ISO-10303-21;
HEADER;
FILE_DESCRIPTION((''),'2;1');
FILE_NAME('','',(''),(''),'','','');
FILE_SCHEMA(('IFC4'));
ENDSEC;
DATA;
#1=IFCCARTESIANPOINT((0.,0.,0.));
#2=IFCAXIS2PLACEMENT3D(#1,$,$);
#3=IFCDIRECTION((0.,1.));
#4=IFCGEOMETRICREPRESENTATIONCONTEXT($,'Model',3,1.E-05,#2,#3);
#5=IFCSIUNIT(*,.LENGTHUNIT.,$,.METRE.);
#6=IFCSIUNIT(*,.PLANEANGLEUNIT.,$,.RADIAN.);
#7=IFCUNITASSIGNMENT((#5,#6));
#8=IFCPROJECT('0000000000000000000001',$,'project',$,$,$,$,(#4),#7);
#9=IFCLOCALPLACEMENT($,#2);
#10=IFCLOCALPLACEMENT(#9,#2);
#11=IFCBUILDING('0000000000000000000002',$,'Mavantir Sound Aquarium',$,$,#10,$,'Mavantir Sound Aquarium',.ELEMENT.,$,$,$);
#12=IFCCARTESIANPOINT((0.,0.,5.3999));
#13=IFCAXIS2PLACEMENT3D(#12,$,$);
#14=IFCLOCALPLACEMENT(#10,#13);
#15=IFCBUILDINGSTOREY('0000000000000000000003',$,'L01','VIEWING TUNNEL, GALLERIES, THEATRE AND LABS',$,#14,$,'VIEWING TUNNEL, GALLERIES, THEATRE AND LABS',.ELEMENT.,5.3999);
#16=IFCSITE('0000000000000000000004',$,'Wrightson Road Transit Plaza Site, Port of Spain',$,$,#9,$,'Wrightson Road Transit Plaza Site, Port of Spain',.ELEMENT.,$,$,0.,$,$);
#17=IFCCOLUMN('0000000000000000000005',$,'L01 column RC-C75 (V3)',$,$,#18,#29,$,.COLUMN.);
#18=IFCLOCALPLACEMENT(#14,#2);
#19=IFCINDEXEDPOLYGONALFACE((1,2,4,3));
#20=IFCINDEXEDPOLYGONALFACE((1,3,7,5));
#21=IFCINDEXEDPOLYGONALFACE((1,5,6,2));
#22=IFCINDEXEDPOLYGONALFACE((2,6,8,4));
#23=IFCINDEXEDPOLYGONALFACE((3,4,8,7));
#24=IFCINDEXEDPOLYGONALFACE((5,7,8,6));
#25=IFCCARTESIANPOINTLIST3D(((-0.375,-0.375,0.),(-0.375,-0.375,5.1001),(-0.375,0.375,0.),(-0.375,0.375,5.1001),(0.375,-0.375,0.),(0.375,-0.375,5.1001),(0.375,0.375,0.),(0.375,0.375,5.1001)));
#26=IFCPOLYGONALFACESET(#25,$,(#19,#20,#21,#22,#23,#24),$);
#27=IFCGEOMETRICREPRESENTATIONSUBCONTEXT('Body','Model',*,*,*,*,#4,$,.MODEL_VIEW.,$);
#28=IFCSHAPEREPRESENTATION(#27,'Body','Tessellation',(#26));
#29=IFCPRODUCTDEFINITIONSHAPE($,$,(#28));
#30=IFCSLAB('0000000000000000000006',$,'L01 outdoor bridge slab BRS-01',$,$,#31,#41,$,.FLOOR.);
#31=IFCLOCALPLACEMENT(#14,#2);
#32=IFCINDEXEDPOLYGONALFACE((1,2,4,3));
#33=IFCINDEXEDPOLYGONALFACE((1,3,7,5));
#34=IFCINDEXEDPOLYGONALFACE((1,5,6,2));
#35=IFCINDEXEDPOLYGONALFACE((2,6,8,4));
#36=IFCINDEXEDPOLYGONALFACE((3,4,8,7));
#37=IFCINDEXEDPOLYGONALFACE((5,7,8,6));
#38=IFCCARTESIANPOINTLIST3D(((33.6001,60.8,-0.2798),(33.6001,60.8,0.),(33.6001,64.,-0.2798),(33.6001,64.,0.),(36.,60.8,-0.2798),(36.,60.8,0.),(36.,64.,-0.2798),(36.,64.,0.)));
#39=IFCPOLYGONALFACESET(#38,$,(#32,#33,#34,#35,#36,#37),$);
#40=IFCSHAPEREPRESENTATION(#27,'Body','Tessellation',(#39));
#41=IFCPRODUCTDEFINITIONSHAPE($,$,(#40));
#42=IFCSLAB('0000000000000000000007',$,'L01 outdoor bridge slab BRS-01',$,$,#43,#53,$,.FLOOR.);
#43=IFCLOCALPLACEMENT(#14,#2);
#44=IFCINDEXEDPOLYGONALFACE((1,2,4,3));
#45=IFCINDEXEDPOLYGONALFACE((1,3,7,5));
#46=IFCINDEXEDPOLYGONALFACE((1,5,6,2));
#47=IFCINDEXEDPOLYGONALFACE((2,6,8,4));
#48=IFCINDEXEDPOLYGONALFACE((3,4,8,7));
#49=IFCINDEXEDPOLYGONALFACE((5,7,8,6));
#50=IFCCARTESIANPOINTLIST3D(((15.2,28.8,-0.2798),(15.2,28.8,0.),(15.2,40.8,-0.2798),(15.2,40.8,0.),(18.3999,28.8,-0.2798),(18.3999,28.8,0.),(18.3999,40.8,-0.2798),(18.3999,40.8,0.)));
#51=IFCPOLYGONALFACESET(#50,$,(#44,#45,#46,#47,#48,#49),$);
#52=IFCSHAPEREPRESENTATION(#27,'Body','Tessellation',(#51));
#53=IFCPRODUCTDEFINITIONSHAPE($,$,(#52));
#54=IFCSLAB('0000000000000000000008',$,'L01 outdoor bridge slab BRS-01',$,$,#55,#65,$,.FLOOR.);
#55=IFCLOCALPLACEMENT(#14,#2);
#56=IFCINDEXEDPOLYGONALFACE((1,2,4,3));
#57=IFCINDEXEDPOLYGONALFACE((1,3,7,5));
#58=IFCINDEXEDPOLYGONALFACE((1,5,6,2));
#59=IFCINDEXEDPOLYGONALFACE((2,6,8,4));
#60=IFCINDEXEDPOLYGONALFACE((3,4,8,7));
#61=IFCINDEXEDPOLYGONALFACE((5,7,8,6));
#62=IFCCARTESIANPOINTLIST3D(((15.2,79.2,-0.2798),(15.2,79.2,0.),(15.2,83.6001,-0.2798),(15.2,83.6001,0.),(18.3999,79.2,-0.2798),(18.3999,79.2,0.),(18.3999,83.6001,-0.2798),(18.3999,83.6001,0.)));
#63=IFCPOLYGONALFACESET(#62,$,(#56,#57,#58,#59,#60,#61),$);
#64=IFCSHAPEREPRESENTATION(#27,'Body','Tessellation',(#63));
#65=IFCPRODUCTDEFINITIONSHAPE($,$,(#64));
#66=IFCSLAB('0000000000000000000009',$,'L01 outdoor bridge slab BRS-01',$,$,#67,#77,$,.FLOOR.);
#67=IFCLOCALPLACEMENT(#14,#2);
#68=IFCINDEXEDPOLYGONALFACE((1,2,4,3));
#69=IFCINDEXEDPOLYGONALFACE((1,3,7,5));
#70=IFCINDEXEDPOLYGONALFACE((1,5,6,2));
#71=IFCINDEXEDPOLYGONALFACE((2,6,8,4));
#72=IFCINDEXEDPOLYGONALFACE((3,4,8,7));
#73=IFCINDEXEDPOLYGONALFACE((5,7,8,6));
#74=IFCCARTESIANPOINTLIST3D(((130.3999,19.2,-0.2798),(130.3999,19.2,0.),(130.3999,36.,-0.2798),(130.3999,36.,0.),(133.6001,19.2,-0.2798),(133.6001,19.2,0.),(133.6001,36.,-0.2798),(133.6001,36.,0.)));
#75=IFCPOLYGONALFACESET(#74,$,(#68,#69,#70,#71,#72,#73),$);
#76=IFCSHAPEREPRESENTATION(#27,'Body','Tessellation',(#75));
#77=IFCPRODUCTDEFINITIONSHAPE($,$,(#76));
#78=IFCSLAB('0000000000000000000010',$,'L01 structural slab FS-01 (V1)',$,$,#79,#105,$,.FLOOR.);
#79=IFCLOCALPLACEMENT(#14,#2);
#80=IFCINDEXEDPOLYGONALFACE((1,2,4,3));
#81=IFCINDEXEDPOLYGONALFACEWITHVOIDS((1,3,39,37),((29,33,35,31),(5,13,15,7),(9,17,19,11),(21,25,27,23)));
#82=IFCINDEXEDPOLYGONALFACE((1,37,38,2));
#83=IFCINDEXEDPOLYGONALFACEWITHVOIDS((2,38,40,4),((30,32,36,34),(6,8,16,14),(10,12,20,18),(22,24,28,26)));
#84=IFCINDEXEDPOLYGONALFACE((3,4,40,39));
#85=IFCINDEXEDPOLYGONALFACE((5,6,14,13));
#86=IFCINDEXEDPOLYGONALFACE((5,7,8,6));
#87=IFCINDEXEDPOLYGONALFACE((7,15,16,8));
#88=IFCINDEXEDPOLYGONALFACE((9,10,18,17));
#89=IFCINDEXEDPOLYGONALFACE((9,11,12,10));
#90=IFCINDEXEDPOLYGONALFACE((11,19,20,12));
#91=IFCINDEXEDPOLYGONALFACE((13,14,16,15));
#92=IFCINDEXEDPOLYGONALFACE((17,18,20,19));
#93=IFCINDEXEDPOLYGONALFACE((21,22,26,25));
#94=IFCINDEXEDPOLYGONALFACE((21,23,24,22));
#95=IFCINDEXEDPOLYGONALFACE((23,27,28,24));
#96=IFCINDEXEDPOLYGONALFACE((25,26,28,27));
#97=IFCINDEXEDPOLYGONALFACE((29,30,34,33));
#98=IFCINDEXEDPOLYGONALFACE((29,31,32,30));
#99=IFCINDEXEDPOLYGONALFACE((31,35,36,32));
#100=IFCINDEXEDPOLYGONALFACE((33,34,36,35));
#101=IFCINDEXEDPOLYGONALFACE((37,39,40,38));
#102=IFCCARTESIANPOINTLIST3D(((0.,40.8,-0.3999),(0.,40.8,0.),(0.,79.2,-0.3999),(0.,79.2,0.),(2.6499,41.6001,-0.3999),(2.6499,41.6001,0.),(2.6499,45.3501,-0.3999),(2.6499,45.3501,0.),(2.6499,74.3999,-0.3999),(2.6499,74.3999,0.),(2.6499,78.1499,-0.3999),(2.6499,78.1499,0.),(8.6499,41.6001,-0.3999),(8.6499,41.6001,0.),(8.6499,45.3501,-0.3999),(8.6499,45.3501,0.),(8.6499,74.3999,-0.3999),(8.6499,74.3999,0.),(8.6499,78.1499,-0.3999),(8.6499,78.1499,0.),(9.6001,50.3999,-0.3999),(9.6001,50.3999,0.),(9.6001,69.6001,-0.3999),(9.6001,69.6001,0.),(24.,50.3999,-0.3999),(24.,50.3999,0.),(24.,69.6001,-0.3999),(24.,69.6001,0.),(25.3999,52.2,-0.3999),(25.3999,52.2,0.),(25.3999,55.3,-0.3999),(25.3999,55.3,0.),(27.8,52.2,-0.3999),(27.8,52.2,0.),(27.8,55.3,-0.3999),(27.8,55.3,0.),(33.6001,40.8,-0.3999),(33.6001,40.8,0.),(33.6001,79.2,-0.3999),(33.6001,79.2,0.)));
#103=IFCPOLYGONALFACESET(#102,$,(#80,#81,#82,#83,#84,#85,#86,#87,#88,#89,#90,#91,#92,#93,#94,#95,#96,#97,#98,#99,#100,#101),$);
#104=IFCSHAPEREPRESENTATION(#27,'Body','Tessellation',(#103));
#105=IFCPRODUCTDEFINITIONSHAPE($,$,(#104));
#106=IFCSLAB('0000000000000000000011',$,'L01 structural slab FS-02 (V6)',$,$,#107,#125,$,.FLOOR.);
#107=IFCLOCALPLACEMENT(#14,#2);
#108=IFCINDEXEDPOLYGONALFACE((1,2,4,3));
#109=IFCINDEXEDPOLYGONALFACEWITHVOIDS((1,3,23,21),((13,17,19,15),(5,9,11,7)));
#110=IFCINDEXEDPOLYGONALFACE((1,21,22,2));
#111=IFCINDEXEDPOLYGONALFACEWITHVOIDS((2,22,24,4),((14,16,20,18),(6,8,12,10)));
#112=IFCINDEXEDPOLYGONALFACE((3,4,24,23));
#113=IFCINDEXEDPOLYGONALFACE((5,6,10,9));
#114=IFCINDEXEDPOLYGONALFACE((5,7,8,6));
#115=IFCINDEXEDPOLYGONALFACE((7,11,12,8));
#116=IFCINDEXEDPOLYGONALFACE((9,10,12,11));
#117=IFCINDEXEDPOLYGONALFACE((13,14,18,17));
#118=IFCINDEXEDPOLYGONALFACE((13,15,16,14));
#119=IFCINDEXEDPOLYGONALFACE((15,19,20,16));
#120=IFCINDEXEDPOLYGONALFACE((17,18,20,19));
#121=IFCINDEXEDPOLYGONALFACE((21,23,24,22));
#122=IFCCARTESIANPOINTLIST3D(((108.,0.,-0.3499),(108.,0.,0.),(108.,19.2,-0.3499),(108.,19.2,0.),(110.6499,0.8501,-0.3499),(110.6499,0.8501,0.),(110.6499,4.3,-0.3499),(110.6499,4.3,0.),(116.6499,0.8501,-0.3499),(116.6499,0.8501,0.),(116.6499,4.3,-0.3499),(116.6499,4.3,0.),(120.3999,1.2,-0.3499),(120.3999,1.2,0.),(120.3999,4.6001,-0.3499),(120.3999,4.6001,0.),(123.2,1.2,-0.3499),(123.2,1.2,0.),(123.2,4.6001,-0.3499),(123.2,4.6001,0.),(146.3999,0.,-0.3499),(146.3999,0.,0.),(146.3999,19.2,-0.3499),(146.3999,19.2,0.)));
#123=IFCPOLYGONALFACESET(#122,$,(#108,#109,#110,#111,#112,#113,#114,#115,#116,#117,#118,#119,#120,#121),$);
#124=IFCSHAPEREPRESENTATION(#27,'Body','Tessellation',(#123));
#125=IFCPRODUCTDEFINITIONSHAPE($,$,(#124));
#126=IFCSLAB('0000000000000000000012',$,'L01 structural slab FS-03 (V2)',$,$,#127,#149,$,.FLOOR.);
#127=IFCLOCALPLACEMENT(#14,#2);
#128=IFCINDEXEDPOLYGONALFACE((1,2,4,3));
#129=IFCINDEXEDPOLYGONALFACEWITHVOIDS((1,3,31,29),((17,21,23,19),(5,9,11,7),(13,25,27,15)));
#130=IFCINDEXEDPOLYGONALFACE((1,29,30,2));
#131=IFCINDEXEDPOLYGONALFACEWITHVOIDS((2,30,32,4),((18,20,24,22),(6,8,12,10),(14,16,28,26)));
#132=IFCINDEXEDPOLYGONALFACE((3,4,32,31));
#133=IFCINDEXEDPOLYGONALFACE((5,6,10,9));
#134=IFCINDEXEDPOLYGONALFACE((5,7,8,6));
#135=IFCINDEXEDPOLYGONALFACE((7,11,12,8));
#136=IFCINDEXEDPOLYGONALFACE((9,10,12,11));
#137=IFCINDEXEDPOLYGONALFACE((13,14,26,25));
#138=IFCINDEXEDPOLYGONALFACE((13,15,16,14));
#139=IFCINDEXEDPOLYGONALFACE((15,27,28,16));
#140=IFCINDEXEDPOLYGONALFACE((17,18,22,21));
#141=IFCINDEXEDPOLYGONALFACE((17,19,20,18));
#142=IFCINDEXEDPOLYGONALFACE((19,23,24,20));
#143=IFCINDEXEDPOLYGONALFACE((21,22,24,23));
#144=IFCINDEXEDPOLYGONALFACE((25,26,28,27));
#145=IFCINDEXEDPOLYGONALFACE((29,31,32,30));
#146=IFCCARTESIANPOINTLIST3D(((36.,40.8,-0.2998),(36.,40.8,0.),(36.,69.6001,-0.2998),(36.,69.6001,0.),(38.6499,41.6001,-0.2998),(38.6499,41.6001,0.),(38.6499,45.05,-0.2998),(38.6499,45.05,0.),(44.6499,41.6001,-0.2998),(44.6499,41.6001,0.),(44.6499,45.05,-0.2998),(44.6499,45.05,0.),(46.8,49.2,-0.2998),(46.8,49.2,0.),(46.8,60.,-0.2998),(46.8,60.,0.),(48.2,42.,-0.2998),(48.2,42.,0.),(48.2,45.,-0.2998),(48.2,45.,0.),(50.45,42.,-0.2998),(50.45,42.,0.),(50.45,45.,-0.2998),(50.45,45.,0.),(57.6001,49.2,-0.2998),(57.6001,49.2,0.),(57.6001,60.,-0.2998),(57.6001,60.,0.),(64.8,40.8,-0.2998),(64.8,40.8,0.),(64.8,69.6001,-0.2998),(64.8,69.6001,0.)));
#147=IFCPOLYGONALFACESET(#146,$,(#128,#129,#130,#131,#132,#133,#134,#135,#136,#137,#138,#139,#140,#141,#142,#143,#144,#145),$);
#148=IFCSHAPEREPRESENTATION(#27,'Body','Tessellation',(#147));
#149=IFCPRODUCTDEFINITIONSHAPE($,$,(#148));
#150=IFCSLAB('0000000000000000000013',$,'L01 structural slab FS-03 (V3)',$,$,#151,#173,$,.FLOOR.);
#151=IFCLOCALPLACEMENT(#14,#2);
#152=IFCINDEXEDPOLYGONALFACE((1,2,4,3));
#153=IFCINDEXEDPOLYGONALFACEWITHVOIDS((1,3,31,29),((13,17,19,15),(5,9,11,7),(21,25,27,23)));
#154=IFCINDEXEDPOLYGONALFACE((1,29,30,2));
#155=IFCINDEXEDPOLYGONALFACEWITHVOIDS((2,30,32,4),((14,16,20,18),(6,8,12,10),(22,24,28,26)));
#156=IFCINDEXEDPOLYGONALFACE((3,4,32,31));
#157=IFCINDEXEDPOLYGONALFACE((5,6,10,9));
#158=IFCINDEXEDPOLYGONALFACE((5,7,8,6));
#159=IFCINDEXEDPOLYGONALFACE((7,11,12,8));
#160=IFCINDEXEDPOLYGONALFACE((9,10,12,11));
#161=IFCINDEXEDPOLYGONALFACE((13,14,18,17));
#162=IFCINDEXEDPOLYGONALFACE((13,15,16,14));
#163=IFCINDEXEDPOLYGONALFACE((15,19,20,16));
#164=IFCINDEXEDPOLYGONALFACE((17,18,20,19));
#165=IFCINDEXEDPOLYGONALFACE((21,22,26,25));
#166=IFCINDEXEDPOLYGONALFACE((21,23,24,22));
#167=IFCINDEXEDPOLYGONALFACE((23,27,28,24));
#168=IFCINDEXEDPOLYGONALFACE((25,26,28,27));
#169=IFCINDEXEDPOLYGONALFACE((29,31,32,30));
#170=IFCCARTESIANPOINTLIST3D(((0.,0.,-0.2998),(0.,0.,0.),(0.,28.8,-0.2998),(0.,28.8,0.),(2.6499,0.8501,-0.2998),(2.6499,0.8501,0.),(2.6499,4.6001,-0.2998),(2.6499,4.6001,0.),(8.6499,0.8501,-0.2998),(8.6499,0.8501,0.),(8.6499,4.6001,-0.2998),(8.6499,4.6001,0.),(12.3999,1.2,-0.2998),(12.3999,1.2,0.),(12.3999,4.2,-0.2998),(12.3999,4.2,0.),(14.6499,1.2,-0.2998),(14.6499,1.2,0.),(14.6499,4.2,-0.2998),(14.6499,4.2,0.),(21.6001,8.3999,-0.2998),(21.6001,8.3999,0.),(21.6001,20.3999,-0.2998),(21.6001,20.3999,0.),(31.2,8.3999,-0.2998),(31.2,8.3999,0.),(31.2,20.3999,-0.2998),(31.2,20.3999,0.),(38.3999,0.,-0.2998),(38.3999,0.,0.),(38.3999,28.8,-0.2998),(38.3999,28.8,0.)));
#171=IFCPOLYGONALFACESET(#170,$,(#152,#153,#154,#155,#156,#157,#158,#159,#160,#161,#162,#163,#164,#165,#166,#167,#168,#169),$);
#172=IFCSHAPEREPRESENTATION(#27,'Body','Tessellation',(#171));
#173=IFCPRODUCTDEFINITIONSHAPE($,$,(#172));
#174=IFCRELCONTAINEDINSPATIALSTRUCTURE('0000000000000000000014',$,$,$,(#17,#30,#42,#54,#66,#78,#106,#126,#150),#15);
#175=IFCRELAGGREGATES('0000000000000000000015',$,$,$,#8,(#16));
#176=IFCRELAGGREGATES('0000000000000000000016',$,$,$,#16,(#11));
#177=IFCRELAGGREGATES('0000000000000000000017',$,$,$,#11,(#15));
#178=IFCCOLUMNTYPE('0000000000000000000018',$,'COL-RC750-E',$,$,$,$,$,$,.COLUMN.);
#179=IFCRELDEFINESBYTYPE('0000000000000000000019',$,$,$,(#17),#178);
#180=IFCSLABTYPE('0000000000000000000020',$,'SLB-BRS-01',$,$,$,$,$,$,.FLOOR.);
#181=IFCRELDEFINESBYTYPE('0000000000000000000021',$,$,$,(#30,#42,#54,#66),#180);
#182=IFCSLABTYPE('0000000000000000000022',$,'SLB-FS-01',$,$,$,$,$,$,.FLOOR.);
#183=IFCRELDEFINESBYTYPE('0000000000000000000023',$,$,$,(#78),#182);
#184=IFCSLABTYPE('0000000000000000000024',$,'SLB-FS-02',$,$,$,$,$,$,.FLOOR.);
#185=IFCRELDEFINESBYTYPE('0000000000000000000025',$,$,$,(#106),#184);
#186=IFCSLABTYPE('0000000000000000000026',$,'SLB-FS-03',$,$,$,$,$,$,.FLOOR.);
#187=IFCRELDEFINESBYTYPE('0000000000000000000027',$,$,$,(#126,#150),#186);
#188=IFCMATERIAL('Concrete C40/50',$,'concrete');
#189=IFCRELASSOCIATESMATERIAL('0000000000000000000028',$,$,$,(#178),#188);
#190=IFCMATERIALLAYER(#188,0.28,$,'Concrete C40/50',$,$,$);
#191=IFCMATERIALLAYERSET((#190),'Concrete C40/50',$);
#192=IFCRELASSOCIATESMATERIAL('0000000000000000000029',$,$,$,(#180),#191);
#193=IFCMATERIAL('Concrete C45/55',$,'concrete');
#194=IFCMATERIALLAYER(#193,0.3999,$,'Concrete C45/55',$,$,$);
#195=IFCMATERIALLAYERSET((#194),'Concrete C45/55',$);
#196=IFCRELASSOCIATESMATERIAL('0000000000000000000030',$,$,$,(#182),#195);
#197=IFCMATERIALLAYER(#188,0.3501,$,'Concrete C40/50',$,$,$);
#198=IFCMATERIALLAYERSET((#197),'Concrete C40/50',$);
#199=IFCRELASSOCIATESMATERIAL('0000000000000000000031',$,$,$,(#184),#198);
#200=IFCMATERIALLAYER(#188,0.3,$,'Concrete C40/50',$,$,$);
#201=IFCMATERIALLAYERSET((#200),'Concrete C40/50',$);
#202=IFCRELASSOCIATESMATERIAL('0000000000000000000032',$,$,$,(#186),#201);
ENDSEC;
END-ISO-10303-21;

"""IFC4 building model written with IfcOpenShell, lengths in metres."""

from ifc_helpers import new_model, si_unit, direction, frame, origin, origin_with_axes, origin_2d, place, context, subcontext, project, spatial, polyline, rectangle, outline, extrude, material, layer, layer_set, material_profile, profile_set, type_object, element, save


model = new_model("IFC4")

# Units and contexts
model_context = context("Model", 3, precision=1e-05, world=origin(), true_north=direction((0.0, 1.0)))
body_context = subcontext(model_context, "Body", "Model", "MODEL_VIEW")
ifc_project = project(units=[si_unit("LENGTHUNIT", "METRE"), si_unit("PLANEANGLEUNIT", "RADIAN")], contexts=[model_context])

# Site, building, storey
site_placement = place(None, origin())
site = spatial("IfcSite", under=ifc_project, at=site_placement, Name="Wrightson Road Transit Plaza Site, Port of Spain", LongName="Wrightson Road Transit Plaza Site, Port of Spain", CompositionType="ELEMENT", RefElevation=0.0)
building_placement = place(site_placement, origin())
building = spatial("IfcBuilding", under=site, at=building_placement, Name="Mavantir Sound Aquarium", LongName="Mavantir Sound Aquarium", CompositionType="ELEMENT")
storey_placement = place(building_placement, frame((0.0, 0.0, 5.3999)))
storey = spatial("IfcBuildingStorey", under=building, at=storey_placement, Name="L01", Description="VIEWING TUNNEL, GALLERIES, THEATRE AND LABS", LongName="VIEWING TUNNEL, GALLERIES, THEATRE AND LABS", CompositionType="ELEMENT", Elevation=5.3999)

# Column
ifc_material_1 = material(Name="Concrete C40/50", Category="concrete")
ifc_material_profile = material_profile(ifc_material_1, rectangle(XDim=0.75, YDim=0.75, at=origin_2d()), Name="RC 750X750")
ifc_profile_set = profile_set([ifc_material_profile], Name="Concrete C40/50")
column_type = type_object("IfcColumnType", Name="COL-RC750-E", PredefinedType="COLUMN", material=ifc_profile_set)
column_placement = place(storey_placement, origin_with_axes())
element("IfcColumn", 1, at=column_placement, inside=storey, type_object=column_type, Name="L01 column RC-C75 (V3)", PredefinedType="COLUMN", context=body_context, shape_type="SweptSolid", body=[
    extrude(rectangle(XDim=0.75, YDim=0.75, at=origin_2d()), origin(), (0.0, 0.0, 1.0), 5.1001),
])

# Slabs
ifc_layer_1 = layer(ifc_material_1, 0.28, Name="Concrete C40/50")
ifc_layer_set_1 = layer_set([ifc_layer_1], Name="Concrete C40/50")
slab_type_1 = type_object("IfcSlabType", Name="SLB-BRS-01", PredefinedType="FLOOR", material=ifc_layer_set_1)
slab_1_placement = place(storey_placement, frame((0.0, 0.0, -0.2798)))
element("IfcSlab", 2, at=slab_1_placement, inside=storey, type_object=slab_type_1, Name="L01 outdoor bridge slab BRS-01", PredefinedType="FLOOR", context=body_context, shape_type="SweptSolid", body=[
    extrude(outline(polyline([(33.6001, 60.8), (36.0, 60.8), (36.0, 64.0), (33.6001, 64.0), (33.6001, 60.8)])), origin(), (0.0, 0.0, 1.0), 0.2798),
])
slab_2_placement = place(storey_placement, frame((0.0, 0.0, -0.2798)))
element("IfcSlab", 3, at=slab_2_placement, inside=storey, type_object=slab_type_1, Name="L01 outdoor bridge slab BRS-01", PredefinedType="FLOOR", context=body_context, shape_type="SweptSolid", body=[
    extrude(outline(polyline([(15.2, 28.8), (18.3999, 28.8), (18.3999, 40.8), (15.2, 40.8), (15.2, 28.8)])), origin(), (0.0, 0.0, 1.0), 0.2798),
])
slab_3_placement = place(storey_placement, frame((0.0, 0.0, -0.2798)))
element("IfcSlab", 4, at=slab_3_placement, inside=storey, type_object=slab_type_1, Name="L01 outdoor bridge slab BRS-01", PredefinedType="FLOOR", context=body_context, shape_type="SweptSolid", body=[
    extrude(outline(polyline([(15.2, 79.2), (18.3999, 79.2), (18.3999, 83.6001), (15.2, 83.6001), (15.2, 79.2)])), origin(), (0.0, 0.0, 1.0), 0.2798),
])
slab_4_placement = place(storey_placement, frame((0.0, 0.0, -0.2798)))
element("IfcSlab", 5, at=slab_4_placement, inside=storey, type_object=slab_type_1, Name="L01 outdoor bridge slab BRS-01", PredefinedType="FLOOR", context=body_context, shape_type="SweptSolid", body=[
    extrude(outline(polyline([(130.3999, 19.2), (133.6001, 19.2), (133.6001, 36.0), (130.3999, 36.0), (130.3999, 19.2)])), origin(), (0.0, 0.0, 1.0), 0.2798),
])
ifc_material_2 = material(Name="Concrete C45/55", Category="concrete")
ifc_layer_2 = layer(ifc_material_2, 0.3999, Name="Concrete C45/55")
ifc_layer_set_2 = layer_set([ifc_layer_2], Name="Concrete C45/55")
slab_type_2 = type_object("IfcSlabType", Name="SLB-FS-01", PredefinedType="FLOOR", material=ifc_layer_set_2)
slab_5_placement = place(storey_placement, frame((0.0, 0.0, -0.3999)))
element("IfcSlab", 6, at=slab_5_placement, inside=storey, type_object=slab_type_2, Name="L01 structural slab FS-01 (V1)", PredefinedType="FLOOR", context=body_context, shape_type="SweptSolid", body=[
    extrude(outline(polyline([(33.6001, 40.8), (33.6001, 79.2), (0.0, 79.2), (0.0, 40.8), (33.6001, 40.8)]), holes=[polyline([(9.6001, 50.3999), (24.0, 50.3999), (24.0, 69.6001), (9.6001, 69.6001), (9.6001, 50.3999)]), polyline([(2.6499, 41.6001), (8.6499, 41.6001), (8.6499, 45.3501), (2.6499, 45.3501), (2.6499, 41.6001)]), polyline([(2.6499, 74.3999), (8.6499, 74.3999), (8.6499, 78.1499), (2.6499, 78.1499), (2.6499, 74.3999)]), polyline([(25.3999, 52.2), (27.8, 52.2), (27.8, 55.3), (25.3999, 55.3), (25.3999, 52.2)])]), origin(), (0.0, 0.0, 1.0), 0.3999),
])
ifc_layer_3 = layer(ifc_material_1, 0.3501, Name="Concrete C40/50")
ifc_layer_set_3 = layer_set([ifc_layer_3], Name="Concrete C40/50")
slab_type_3 = type_object("IfcSlabType", Name="SLB-FS-02", PredefinedType="FLOOR", material=ifc_layer_set_3)
slab_6_placement = place(storey_placement, frame((0.0, 0.0, -0.3499)))
element("IfcSlab", 7, at=slab_6_placement, inside=storey, type_object=slab_type_3, Name="L01 structural slab FS-02 (V6)", PredefinedType="FLOOR", context=body_context, shape_type="SweptSolid", body=[
    extrude(outline(polyline([(146.3999, 0.0), (146.3999, 19.2), (108.0, 19.2), (108.0, 0.0), (146.3999, 0.0)]), holes=[polyline([(110.6499, 0.8501), (116.6499, 0.8501), (116.6499, 4.3), (110.6499, 4.3), (110.6499, 0.8501)]), polyline([(120.3999, 1.2), (123.2, 1.2), (123.2, 4.6001), (120.3999, 4.6001), (120.3999, 1.2)])]), origin(), (0.0, 0.0, 1.0), 0.3499),
])
ifc_layer_4 = layer(ifc_material_1, 0.3, Name="Concrete C40/50")
ifc_layer_set_4 = layer_set([ifc_layer_4], Name="Concrete C40/50")
slab_type_4 = type_object("IfcSlabType", Name="SLB-FS-03", PredefinedType="FLOOR", material=ifc_layer_set_4)
slab_7_placement = place(storey_placement, frame((0.0, 0.0, -0.2998)))
element("IfcSlab", 8, at=slab_7_placement, inside=storey, type_object=slab_type_4, Name="L01 structural slab FS-03 (V2)", PredefinedType="FLOOR", context=body_context, shape_type="SweptSolid", body=[
    extrude(outline(polyline([(64.8, 40.8), (64.8, 69.6001), (36.0, 69.6001), (36.0, 40.8), (64.8, 40.8)]), holes=[polyline([(46.8, 49.2), (57.6001, 49.2), (57.6001, 60.0), (46.8, 60.0), (46.8, 49.2)]), polyline([(38.6499, 41.6001), (44.6499, 41.6001), (44.6499, 45.05), (38.6499, 45.05), (38.6499, 41.6001)]), polyline([(48.2, 42.0), (50.45, 42.0), (50.45, 45.0), (48.2, 45.0), (48.2, 42.0)])]), origin(), (0.0, 0.0, 1.0), 0.2998),
])
slab_8_placement = place(storey_placement, frame((0.0, 0.0, -0.2998)))
element("IfcSlab", 9, at=slab_8_placement, inside=storey, type_object=slab_type_4, Name="L01 structural slab FS-03 (V3)", PredefinedType="FLOOR", context=body_context, shape_type="SweptSolid", body=[
    extrude(outline(polyline([(38.3999, 0.0), (38.3999, 28.8), (0.0, 28.8), (0.0, 0.0), (38.3999, 0.0)]), holes=[polyline([(21.6001, 8.3999), (31.2, 8.3999), (31.2, 20.3999), (21.6001, 20.3999), (21.6001, 8.3999)]), polyline([(2.6499, 0.8501), (8.6499, 0.8501), (8.6499, 4.6001), (2.6499, 4.6001), (2.6499, 0.8501)]), polyline([(12.3999, 1.2), (14.6499, 1.2), (14.6499, 4.2), (12.3999, 4.2), (12.3999, 1.2)])]), origin(), (0.0, 0.0, 1.0), 0.2998),
])

save(model, "model.ifc")
